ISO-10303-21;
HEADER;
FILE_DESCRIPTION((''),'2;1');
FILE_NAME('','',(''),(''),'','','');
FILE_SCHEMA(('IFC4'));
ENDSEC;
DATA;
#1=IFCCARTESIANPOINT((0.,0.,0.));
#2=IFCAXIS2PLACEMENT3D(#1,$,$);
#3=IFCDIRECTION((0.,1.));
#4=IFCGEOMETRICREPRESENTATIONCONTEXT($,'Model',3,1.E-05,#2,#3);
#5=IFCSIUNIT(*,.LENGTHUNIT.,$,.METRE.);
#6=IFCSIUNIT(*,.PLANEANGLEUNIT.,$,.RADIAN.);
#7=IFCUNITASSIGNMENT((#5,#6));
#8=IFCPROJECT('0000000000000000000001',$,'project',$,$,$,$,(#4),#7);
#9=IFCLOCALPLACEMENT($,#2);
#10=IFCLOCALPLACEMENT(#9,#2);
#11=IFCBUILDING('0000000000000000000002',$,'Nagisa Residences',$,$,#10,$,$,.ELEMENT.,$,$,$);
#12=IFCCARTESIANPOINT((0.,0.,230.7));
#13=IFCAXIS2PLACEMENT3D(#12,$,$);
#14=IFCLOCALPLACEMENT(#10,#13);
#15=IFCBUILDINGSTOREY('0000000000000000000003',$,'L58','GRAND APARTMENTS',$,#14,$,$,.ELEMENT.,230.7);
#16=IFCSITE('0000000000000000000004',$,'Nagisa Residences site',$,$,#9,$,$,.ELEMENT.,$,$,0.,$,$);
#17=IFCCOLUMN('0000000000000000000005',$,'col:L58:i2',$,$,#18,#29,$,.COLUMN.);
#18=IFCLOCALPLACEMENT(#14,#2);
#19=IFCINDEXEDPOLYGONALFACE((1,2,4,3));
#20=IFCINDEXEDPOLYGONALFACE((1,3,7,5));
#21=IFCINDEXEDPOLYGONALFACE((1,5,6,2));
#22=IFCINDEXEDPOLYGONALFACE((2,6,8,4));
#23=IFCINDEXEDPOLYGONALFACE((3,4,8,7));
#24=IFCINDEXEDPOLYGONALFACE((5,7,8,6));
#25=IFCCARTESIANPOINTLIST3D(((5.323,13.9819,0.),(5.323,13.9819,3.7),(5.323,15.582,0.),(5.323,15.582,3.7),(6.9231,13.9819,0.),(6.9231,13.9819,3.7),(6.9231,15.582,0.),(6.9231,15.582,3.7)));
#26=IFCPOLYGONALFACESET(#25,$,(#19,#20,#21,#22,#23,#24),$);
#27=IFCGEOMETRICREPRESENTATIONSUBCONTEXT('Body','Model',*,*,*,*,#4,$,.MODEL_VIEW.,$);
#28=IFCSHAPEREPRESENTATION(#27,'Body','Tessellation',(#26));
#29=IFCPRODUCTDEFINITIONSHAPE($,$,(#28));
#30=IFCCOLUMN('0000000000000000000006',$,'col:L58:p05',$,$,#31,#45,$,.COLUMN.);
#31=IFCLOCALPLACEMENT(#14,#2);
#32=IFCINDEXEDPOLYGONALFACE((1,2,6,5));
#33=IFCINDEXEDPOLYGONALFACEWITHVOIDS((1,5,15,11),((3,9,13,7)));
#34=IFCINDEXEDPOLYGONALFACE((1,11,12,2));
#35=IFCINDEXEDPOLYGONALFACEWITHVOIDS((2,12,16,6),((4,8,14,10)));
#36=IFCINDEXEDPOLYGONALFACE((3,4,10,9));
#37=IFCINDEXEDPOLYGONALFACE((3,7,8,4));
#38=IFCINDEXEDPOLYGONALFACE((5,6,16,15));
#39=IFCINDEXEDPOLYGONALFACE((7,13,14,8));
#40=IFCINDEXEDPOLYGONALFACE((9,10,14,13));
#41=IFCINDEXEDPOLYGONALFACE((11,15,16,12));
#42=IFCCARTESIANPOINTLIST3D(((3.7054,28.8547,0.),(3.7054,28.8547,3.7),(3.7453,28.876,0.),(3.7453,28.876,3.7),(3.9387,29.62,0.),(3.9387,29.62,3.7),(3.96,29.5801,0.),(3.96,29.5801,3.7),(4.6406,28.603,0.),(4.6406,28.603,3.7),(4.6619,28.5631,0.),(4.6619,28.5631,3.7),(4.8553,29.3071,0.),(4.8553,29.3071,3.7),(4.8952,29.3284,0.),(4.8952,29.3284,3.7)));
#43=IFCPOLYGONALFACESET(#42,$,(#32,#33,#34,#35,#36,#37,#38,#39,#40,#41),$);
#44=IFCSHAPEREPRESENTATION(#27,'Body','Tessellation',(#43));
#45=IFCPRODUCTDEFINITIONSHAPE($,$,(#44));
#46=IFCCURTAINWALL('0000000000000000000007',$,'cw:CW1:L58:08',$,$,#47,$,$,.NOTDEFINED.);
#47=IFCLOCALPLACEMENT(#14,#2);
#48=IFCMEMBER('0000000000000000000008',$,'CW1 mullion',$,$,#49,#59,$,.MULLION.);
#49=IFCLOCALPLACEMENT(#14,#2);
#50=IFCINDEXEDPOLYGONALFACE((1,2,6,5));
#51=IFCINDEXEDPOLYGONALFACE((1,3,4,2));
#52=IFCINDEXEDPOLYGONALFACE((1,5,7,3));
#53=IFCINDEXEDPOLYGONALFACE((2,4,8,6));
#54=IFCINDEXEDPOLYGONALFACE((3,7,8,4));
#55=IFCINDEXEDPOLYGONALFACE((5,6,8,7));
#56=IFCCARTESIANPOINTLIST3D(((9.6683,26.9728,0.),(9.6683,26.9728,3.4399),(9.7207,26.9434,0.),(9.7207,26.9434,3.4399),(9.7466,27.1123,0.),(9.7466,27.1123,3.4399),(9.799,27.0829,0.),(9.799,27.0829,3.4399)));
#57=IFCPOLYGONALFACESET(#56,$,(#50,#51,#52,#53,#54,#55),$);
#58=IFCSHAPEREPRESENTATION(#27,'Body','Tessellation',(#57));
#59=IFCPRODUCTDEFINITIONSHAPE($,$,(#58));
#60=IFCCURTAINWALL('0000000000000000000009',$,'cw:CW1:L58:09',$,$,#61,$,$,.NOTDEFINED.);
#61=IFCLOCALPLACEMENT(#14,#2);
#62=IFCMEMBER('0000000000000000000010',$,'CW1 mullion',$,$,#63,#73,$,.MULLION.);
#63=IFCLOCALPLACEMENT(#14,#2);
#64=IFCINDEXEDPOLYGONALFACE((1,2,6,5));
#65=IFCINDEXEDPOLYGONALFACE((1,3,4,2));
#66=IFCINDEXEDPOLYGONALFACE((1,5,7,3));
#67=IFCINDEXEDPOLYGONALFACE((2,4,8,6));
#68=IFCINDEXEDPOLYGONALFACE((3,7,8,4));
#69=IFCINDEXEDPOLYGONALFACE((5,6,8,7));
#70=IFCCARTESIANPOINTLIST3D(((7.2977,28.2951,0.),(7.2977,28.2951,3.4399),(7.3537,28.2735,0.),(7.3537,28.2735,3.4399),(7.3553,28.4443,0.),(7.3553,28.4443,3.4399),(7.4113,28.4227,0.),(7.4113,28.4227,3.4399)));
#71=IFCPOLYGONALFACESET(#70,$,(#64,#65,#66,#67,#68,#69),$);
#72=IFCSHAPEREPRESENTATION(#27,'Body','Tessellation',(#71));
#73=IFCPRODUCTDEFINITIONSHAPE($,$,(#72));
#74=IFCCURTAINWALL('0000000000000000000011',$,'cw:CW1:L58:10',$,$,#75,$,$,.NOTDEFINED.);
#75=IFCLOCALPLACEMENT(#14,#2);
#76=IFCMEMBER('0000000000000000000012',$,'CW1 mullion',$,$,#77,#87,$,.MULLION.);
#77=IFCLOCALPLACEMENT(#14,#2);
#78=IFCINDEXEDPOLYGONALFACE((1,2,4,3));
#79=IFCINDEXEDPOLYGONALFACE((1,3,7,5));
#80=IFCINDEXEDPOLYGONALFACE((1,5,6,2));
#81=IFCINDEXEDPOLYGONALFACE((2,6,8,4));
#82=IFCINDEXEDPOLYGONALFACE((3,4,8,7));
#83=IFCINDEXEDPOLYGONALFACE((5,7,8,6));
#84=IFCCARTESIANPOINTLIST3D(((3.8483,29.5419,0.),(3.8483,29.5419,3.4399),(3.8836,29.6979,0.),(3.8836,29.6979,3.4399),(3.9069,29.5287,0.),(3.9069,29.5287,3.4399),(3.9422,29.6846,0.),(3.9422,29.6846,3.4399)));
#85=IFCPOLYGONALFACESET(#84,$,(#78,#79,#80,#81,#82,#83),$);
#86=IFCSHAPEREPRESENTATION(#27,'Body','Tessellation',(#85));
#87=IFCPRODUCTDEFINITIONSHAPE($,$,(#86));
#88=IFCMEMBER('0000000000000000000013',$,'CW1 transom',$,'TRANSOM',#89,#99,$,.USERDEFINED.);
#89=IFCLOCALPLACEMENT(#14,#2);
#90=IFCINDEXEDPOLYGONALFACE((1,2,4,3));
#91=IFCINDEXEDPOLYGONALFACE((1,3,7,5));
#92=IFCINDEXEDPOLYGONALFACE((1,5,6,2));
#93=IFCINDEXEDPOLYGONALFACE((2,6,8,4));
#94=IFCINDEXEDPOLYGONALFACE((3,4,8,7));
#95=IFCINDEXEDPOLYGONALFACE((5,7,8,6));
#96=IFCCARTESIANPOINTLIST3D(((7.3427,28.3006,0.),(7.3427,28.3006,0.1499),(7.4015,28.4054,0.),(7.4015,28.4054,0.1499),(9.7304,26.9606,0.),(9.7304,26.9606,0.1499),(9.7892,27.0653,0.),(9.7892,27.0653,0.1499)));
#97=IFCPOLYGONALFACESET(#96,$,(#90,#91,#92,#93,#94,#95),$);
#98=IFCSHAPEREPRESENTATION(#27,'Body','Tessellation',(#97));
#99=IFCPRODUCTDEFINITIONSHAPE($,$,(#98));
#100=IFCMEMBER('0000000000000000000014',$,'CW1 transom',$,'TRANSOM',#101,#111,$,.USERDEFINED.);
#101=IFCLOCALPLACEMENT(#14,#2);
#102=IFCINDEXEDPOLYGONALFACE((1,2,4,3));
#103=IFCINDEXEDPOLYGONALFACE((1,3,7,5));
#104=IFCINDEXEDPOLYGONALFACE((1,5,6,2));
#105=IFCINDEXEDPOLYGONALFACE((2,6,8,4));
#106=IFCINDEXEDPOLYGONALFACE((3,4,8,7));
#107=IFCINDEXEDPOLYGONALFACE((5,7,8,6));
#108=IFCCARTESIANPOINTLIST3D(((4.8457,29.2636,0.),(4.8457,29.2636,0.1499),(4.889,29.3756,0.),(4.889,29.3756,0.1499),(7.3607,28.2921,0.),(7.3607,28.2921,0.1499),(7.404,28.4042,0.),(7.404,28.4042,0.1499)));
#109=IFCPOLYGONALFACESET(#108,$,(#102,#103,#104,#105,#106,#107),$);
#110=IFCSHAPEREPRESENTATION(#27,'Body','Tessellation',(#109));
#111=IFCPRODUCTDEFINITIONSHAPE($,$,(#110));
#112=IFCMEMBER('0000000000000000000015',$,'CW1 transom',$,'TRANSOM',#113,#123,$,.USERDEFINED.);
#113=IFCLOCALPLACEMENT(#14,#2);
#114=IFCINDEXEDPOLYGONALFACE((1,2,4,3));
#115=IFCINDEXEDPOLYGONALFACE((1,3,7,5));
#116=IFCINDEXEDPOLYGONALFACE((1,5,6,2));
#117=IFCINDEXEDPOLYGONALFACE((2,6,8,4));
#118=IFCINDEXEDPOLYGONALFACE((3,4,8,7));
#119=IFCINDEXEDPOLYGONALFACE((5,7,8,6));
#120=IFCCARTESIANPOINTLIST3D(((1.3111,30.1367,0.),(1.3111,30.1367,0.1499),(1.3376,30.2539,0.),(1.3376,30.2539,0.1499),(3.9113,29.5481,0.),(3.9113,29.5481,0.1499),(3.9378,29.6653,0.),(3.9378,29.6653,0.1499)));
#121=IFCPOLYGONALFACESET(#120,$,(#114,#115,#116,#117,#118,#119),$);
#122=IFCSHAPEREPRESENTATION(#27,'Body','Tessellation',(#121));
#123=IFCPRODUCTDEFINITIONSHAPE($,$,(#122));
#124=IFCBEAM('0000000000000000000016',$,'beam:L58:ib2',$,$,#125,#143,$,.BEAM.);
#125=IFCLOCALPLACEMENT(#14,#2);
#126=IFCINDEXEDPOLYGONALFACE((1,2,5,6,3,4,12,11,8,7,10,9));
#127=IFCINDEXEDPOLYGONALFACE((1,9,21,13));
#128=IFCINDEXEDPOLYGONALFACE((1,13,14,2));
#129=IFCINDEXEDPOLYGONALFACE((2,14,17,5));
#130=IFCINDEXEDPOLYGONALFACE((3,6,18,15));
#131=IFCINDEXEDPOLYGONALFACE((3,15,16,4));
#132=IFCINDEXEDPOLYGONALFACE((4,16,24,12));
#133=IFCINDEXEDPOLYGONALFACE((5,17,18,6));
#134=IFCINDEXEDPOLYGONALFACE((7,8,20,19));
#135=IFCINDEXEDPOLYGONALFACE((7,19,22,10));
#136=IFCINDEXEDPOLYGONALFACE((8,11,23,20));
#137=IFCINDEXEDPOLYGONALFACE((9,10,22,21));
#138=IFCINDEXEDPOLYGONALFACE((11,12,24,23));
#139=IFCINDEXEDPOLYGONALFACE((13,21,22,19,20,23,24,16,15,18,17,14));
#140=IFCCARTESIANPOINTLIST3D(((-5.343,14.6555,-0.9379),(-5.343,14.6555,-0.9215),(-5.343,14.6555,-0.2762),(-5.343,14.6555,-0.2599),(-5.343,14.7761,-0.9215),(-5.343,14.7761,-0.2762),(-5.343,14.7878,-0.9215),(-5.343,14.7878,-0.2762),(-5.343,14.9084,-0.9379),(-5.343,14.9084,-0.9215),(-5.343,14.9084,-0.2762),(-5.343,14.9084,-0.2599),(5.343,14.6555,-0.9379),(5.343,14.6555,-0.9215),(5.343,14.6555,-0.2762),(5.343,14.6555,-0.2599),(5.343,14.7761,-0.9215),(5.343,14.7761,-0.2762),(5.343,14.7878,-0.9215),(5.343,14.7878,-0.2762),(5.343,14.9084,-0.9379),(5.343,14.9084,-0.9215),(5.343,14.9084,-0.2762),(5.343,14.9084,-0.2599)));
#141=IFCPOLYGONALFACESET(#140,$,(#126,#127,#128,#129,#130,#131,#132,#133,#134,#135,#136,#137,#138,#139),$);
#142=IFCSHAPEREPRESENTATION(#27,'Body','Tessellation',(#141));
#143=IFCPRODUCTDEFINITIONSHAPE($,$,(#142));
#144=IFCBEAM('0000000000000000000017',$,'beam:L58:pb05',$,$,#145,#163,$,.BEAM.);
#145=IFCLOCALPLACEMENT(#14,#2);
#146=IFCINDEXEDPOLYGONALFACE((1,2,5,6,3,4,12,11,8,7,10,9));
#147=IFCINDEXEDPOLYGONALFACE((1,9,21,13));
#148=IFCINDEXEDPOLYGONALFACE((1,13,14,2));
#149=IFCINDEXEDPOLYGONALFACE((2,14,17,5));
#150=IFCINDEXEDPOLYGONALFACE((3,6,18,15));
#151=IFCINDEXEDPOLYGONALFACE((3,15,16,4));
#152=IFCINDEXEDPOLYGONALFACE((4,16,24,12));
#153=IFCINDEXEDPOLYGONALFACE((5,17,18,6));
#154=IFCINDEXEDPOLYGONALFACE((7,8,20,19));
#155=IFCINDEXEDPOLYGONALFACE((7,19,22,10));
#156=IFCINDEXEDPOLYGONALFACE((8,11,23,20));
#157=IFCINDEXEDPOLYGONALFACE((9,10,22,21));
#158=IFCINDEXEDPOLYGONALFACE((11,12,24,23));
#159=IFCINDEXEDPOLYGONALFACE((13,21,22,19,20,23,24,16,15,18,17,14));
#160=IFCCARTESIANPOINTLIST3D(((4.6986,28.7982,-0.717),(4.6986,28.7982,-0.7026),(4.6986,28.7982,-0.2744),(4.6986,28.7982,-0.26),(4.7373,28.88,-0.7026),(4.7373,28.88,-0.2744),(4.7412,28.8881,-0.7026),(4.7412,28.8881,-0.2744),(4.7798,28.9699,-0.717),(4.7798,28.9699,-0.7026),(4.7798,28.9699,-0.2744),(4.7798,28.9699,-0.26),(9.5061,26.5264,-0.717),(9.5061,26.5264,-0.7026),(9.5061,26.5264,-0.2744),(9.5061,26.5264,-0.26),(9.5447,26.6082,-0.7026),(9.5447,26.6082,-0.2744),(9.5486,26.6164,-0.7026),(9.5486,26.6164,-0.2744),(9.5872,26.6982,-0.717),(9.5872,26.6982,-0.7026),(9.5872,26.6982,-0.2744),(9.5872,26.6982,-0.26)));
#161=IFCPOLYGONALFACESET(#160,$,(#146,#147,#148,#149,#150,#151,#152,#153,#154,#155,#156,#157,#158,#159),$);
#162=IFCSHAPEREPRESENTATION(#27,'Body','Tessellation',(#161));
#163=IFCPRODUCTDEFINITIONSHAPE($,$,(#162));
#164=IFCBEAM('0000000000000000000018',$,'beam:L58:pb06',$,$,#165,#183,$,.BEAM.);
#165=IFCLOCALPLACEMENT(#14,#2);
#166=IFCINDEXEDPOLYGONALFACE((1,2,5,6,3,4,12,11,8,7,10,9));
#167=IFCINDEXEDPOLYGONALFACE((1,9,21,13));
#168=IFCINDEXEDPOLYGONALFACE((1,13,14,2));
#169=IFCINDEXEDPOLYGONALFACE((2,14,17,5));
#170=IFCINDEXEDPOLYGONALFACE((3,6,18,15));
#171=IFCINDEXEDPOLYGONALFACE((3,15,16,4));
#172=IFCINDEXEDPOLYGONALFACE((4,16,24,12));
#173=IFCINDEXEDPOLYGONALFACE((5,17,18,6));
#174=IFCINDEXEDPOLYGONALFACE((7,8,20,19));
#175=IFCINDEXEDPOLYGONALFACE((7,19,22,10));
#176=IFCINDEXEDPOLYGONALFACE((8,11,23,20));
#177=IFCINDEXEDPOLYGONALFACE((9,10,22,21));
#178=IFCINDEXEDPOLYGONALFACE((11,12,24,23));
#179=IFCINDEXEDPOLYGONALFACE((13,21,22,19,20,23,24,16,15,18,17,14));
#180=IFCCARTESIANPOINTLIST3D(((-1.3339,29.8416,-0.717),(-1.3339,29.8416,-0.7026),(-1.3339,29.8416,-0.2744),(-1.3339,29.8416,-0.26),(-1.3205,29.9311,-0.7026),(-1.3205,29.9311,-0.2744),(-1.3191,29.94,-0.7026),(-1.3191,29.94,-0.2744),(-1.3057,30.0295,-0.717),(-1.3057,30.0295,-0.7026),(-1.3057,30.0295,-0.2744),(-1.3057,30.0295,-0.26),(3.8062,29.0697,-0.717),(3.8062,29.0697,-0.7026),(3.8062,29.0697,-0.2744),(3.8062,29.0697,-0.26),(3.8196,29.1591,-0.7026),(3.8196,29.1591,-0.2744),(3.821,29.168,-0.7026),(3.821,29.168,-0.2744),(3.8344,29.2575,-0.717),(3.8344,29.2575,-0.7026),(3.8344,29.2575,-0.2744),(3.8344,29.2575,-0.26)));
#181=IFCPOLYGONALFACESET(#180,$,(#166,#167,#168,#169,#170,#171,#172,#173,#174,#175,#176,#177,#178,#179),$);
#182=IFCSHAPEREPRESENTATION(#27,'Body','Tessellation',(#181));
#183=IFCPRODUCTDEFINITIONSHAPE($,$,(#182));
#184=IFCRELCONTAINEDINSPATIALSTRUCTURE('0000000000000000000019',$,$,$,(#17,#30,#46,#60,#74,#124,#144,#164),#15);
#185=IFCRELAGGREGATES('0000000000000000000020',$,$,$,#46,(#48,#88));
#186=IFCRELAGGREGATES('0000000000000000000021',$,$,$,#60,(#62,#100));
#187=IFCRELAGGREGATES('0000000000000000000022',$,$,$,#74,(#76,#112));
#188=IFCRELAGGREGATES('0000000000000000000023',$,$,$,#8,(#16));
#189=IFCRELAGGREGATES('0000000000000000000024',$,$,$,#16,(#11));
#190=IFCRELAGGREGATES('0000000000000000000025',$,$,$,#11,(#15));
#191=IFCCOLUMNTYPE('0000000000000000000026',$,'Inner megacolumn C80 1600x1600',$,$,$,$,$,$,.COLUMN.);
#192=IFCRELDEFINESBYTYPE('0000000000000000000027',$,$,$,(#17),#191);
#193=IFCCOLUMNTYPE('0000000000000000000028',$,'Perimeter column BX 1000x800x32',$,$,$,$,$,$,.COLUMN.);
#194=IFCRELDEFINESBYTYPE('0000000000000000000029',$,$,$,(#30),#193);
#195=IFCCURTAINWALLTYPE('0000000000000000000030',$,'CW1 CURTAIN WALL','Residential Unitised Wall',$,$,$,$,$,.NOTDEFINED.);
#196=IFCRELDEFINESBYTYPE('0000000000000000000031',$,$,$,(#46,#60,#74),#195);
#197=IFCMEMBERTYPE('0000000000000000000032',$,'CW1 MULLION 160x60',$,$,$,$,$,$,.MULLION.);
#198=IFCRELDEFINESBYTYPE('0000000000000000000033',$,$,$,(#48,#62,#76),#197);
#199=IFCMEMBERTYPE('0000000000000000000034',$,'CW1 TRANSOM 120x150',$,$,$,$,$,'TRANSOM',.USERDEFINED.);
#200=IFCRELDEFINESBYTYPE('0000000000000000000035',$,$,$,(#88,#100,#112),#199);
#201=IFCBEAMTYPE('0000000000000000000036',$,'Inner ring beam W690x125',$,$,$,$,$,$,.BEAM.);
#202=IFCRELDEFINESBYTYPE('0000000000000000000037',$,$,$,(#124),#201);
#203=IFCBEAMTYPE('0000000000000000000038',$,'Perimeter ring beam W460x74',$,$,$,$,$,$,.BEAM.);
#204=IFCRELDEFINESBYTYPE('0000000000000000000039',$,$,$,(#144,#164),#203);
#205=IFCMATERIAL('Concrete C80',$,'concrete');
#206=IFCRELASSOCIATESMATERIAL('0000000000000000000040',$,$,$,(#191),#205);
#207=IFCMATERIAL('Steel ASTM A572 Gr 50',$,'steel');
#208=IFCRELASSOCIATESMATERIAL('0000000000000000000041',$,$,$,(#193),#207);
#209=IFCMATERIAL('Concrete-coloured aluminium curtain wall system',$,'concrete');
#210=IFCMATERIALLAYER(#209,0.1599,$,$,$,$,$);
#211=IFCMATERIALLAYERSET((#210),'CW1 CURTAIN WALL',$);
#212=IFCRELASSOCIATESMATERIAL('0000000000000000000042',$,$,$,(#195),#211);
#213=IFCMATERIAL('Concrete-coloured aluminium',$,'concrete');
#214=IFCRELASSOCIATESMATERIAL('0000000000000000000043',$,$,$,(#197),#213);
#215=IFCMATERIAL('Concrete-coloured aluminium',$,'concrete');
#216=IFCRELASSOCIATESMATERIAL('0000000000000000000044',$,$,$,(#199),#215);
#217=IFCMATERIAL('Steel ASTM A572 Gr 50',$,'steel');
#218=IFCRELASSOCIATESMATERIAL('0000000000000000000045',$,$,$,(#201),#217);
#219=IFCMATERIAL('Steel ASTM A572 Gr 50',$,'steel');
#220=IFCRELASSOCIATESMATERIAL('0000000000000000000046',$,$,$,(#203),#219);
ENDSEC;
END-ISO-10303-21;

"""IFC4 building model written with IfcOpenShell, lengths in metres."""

from ifc_helpers import new_model, si_unit, direction, frame, origin, origin_2d, place, context, subcontext, project, spatial, rectangle, hollow_rectangle, i_section, extrude, material, layer, layer_set, material_profile, profile_set, type_object, element, aggregate, save


model = new_model("IFC4")

# Units and contexts
model_context = context("Model", 3, precision=1e-05, world=origin(), true_north=direction((0.0, 1.0)))
body_context = subcontext(model_context, "Body", "Model", "MODEL_VIEW")
ifc_project = project(units=[si_unit("LENGTHUNIT", "METRE"), si_unit("PLANEANGLEUNIT", "RADIAN")], contexts=[model_context])

# Site, building, storey
site_placement = place(None, origin())
site = spatial("IfcSite", under=ifc_project, at=site_placement, Name="Nagisa Residences site", CompositionType="ELEMENT", RefElevation=0.0)
building_placement = place(site_placement, origin())
building = spatial("IfcBuilding", under=site, at=building_placement, Name="Nagisa Residences", CompositionType="ELEMENT")
storey_placement = place(building_placement, frame((0.0, 0.0, 230.7)))
storey = spatial("IfcBuildingStorey", under=building, at=storey_placement, Name="L58", Description="GRAND APARTMENTS", CompositionType="ELEMENT", Elevation=230.7)

# Columns
ifc_material_1 = material(Name="Concrete C80", Category="concrete")
ifc_material_profile_1 = material_profile(ifc_material_1, rectangle(XDim=1.6001, YDim=1.6001, at=origin_2d()), Name="C80 1600x1600")
ifc_profile_set_1 = profile_set([ifc_material_profile_1], Name="Concrete C80")
column_type_1 = type_object("IfcColumnType", Name="Inner megacolumn C80 1600x1600", PredefinedType="COLUMN", material=ifc_profile_set_1)
column_1_placement = place(storey_placement, frame((6.123, 14.782, 0.0), z_axis=(0.0, 0.0, 1.0), x_axis=(1.0, 0.0, 0.0)))
element("IfcColumn", 1, at=column_1_placement, inside=storey, type_object=column_type_1, Name="col:L58:i2", PredefinedType="COLUMN", context=body_context, shape_type="SweptSolid", body=[
    extrude(rectangle(XDim=1.6001, YDim=1.6001, at=origin_2d()), origin(), (0.0, 0.0, 1.0), 3.7),
])
ifc_material_2 = material(Name="Steel ASTM A572 Gr 50", Category="steel")
ifc_material_profile_2 = material_profile(ifc_material_2, hollow_rectangle(XDim=1.0, YDim=0.8, WallThickness=0.032, at=origin_2d()), Name="BX 1000x800x32")
ifc_profile_set_2 = profile_set([ifc_material_profile_2], Name="Steel ASTM A572 Gr 50")
column_type_2 = type_object("IfcColumnType", Name="Perimeter column BX 1000x800x32", PredefinedType="COLUMN", material=ifc_profile_set_2)
column_2_placement = place(storey_placement, frame((4.3003, 29.0916, 0.0), z_axis=(0.0, 0.0, 1.0), x_axis=(-0.956525, 0.291652, 0.0)))
element("IfcColumn", 2, at=column_2_placement, inside=storey, type_object=column_type_2, Name="col:L58:p05", PredefinedType="COLUMN", context=body_context, shape_type="SweptSolid", body=[
    extrude(hollow_rectangle(XDim=1.0, YDim=0.8, WallThickness=0.032, at=origin_2d()), origin(), (0.0, 0.0, 1.0), 3.7),
])

# Curtain walls, members
ifc_material_3 = material(Name="Concrete-coloured aluminium curtain wall system", Category="concrete")
ifc_layer_1 = layer(ifc_material_3, 0.1599)
ifc_layer_set_1 = layer_set([ifc_layer_1], Name="CW1 CURTAIN WALL")
curtain_wall_type = type_object("IfcCurtainWallType", Name="CW1 CURTAIN WALL", Description="Residential Unitised Wall", PredefinedType="NOTDEFINED", material=ifc_layer_set_1)
curtain_wall_1_placement = place(storey_placement, origin())
curtain_wall_1 = element("IfcCurtainWall", 3, at=curtain_wall_1_placement, inside=storey, type_object=curtain_wall_type, Name="cw:CW1:L58:08", PredefinedType="NOTDEFINED")
ifc_material_4 = material(Name="Concrete-coloured aluminium", Category="concrete")
ifc_material_profile_3 = material_profile(ifc_material_4, rectangle(XDim=0.1599, YDim=0.0601, at=origin_2d()), Name="CW1 MULLION 160x60")
ifc_profile_set_3 = profile_set([ifc_material_profile_3], Name="Concrete-coloured aluminium")
member_type_1 = type_object("IfcMemberType", Name="CW1 MULLION 160x60", PredefinedType="MULLION", material=ifc_profile_set_3)
member_1_placement = place(storey_placement, frame((9.7336, 27.0278, 0.0), z_axis=(0.0, 0.0, 1.0), x_axis=(-0.489377, -0.872072, 0.0)))
member_1 = element("IfcMember", 4, at=member_1_placement, type_object=member_type_1, Name="CW1 mullion", PredefinedType="MULLION", context=body_context, shape_type="SweptSolid", body=[
    extrude(rectangle(XDim=0.1599, YDim=0.0601, at=origin_2d()), origin(), (0.0, 0.0, 1.0), 3.4399),
])
curtain_wall_2_placement = place(storey_placement, origin())
curtain_wall_2 = element("IfcCurtainWall", 5, at=curtain_wall_2_placement, inside=storey, type_object=curtain_wall_type, Name="cw:CW1:L58:09", PredefinedType="NOTDEFINED")
member_2_placement = place(storey_placement, frame((7.3545, 28.3589, 0.0), z_axis=(0.0, 0.0, 1.0), x_axis=(-0.360328, -0.932826, 0.0)))
member_2 = element("IfcMember", 6, at=member_2_placement, type_object=member_type_1, Name="CW1 mullion", PredefinedType="MULLION", context=body_context, shape_type="SweptSolid", body=[
    extrude(rectangle(XDim=0.1599, YDim=0.0601, at=origin_2d()), origin(), (0.0, 0.0, 1.0), 3.4399),
])
curtain_wall_3_placement = place(storey_placement, origin())
curtain_wall_3 = element("IfcCurtainWall", 7, at=curtain_wall_3_placement, inside=storey, type_object=curtain_wall_type, Name="cw:CW1:L58:10", PredefinedType="NOTDEFINED")
member_3_placement = place(storey_placement, frame((3.8953, 29.6133, 0.0), z_axis=(0.0, 0.0, 1.0), x_axis=(-0.220764, -0.975327, 0.0)))
member_3 = element("IfcMember", 8, at=member_3_placement, type_object=member_type_1, Name="CW1 mullion", PredefinedType="MULLION", context=body_context, shape_type="SweptSolid", body=[
    extrude(rectangle(XDim=0.1599, YDim=0.0601, at=origin_2d()), origin(), (0.0, 0.0, 1.0), 3.4399),
])

# Members
ifc_material_5 = material(Name="Concrete-coloured aluminium", Category="concrete")
ifc_material_profile_4 = material_profile(ifc_material_5, rectangle(XDim=0.1201, YDim=0.1499, at=origin_2d()), Name="CW1 TRANSOM 120x150")
ifc_profile_set_4 = profile_set([ifc_material_profile_4], Name="Concrete-coloured aluminium")
member_type_2 = type_object("IfcMemberType", Name="CW1 TRANSOM 120x150", ElementType="TRANSOM", PredefinedType="USERDEFINED", material=ifc_profile_set_4)
member_4_placement = place(storey_placement, frame((9.7598, 27.0129, 0.075), z_axis=(-0.872042, 0.489431, 0.0), x_axis=(-0.489431, -0.872042, 0.0)))
member_4 = element("IfcMember", 9, at=member_4_placement, type_object=member_type_2, Name="CW1 transom", ObjectType="TRANSOM", PredefinedType="USERDEFINED", context=body_context, shape_type="SweptSolid", body=[
    extrude(rectangle(XDim=0.1201, YDim=0.1499, at=origin_2d()), origin(), (0.0, 0.0, 1.0), 2.738),
])
member_5_placement = place(storey_placement, frame((7.3823, 28.3481, 0.075), z_axis=(-0.932826, 0.360326, 0.0), x_axis=(-0.360326, -0.932826, 0.0)))
member_5 = element("IfcMember", 10, at=member_5_placement, type_object=member_type_2, Name="CW1 transom", ObjectType="TRANSOM", PredefinedType="USERDEFINED", context=body_context, shape_type="SweptSolid", body=[
    extrude(rectangle(XDim=0.1201, YDim=0.1499, at=origin_2d()), origin(), (0.0, 0.0, 1.0), 2.696),
])
member_6_placement = place(storey_placement, frame((3.9246, 29.6067, 0.075), z_axis=(-0.975324, 0.220778, 0.0), x_axis=(-0.220778, -0.975324, 0.0)))
member_6 = element("IfcMember", 11, at=member_6_placement, type_object=member_type_2, Name="CW1 transom", ObjectType="TRANSOM", PredefinedType="USERDEFINED", context=body_context, shape_type="SweptSolid", body=[
    extrude(rectangle(XDim=0.1201, YDim=0.1499, at=origin_2d()), origin(), (0.0, 0.0, 1.0), 2.666),
])

# Beams
ifc_material_6 = material(Name="Steel ASTM A572 Gr 50", Category="steel")
ifc_material_profile_5 = material_profile(ifc_material_6, i_section(OverallWidth=0.2529, OverallDepth=0.678, WebThickness=0.0117, FlangeThickness=0.0164, at=origin_2d()), Name="W690x125")
ifc_profile_set_5 = profile_set([ifc_material_profile_5], Name="Steel ASTM A572 Gr 50")
beam_type_1 = type_object("IfcBeamType", Name="Inner ring beam W690x125", PredefinedType="BEAM", material=ifc_profile_set_5)
beam_1_placement = place(storey_placement, frame((5.343, 14.782, -0.5989), z_axis=(-1.0, 0.0, 0.0), x_axis=(0.0, -1.0, 0.0)))
element("IfcBeam", 12, at=beam_1_placement, inside=storey, type_object=beam_type_1, Name="beam:L58:ib2", PredefinedType="BEAM", context=body_context, shape_type="SweptSolid", body=[
    extrude(i_section(OverallWidth=0.2529, OverallDepth=0.678, WebThickness=0.0117, FlangeThickness=0.0164, at=origin_2d()), origin(), (0.0, 0.0, 1.0), 10.686),
])
ifc_material_7 = material(Name="Steel ASTM A572 Gr 50", Category="steel")
ifc_material_profile_6 = material_profile(ifc_material_7, i_section(OverallWidth=0.1899, OverallDepth=0.457, WebThickness=0.009, FlangeThickness=0.0144, at=origin_2d()), Name="W460x74")
ifc_profile_set_6 = profile_set([ifc_material_profile_6], Name="Steel ASTM A572 Gr 50")
beam_type_2 = type_object("IfcBeamType", Name="Perimeter ring beam W460x74", PredefinedType="BEAM", material=ifc_profile_set_6)
beam_2_placement = place(storey_placement, frame((9.5466, 26.6123, -0.4885), z_axis=(-0.904134, 0.427249, 0.0), x_axis=(-0.427249, -0.904134, 0.0)))
element("IfcBeam", 13, at=beam_2_placement, inside=storey, type_object=beam_type_2, Name="beam:L58:pb05", PredefinedType="BEAM", context=body_context, shape_type="SweptSolid", body=[
    extrude(i_section(OverallWidth=0.1899, OverallDepth=0.457, WebThickness=0.009, FlangeThickness=0.0144, at=origin_2d()), origin(), (0.0, 0.0, 1.0), 5.3171),
])
beam_3_placement = place(storey_placement, frame((3.8203, 29.1636, -0.4885), z_axis=(-0.988909, 0.14852, 0.0), x_axis=(-0.14852, -0.988909, 0.0)))
element("IfcBeam", 14, at=beam_3_placement, inside=storey, type_object=beam_type_2, Name="beam:L58:pb06", PredefinedType="BEAM", context=body_context, shape_type="SweptSolid", body=[
    extrude(i_section(OverallWidth=0.1899, OverallDepth=0.457, WebThickness=0.009, FlangeThickness=0.0144, at=origin_2d()), origin(), (0.0, 0.0, 1.0), 5.1978),
])

aggregate(curtain_wall_1, [member_1, member_4])
aggregate(curtain_wall_2, [member_2, member_5])
aggregate(curtain_wall_3, [member_3, member_6])

save(model, "model.ifc")
